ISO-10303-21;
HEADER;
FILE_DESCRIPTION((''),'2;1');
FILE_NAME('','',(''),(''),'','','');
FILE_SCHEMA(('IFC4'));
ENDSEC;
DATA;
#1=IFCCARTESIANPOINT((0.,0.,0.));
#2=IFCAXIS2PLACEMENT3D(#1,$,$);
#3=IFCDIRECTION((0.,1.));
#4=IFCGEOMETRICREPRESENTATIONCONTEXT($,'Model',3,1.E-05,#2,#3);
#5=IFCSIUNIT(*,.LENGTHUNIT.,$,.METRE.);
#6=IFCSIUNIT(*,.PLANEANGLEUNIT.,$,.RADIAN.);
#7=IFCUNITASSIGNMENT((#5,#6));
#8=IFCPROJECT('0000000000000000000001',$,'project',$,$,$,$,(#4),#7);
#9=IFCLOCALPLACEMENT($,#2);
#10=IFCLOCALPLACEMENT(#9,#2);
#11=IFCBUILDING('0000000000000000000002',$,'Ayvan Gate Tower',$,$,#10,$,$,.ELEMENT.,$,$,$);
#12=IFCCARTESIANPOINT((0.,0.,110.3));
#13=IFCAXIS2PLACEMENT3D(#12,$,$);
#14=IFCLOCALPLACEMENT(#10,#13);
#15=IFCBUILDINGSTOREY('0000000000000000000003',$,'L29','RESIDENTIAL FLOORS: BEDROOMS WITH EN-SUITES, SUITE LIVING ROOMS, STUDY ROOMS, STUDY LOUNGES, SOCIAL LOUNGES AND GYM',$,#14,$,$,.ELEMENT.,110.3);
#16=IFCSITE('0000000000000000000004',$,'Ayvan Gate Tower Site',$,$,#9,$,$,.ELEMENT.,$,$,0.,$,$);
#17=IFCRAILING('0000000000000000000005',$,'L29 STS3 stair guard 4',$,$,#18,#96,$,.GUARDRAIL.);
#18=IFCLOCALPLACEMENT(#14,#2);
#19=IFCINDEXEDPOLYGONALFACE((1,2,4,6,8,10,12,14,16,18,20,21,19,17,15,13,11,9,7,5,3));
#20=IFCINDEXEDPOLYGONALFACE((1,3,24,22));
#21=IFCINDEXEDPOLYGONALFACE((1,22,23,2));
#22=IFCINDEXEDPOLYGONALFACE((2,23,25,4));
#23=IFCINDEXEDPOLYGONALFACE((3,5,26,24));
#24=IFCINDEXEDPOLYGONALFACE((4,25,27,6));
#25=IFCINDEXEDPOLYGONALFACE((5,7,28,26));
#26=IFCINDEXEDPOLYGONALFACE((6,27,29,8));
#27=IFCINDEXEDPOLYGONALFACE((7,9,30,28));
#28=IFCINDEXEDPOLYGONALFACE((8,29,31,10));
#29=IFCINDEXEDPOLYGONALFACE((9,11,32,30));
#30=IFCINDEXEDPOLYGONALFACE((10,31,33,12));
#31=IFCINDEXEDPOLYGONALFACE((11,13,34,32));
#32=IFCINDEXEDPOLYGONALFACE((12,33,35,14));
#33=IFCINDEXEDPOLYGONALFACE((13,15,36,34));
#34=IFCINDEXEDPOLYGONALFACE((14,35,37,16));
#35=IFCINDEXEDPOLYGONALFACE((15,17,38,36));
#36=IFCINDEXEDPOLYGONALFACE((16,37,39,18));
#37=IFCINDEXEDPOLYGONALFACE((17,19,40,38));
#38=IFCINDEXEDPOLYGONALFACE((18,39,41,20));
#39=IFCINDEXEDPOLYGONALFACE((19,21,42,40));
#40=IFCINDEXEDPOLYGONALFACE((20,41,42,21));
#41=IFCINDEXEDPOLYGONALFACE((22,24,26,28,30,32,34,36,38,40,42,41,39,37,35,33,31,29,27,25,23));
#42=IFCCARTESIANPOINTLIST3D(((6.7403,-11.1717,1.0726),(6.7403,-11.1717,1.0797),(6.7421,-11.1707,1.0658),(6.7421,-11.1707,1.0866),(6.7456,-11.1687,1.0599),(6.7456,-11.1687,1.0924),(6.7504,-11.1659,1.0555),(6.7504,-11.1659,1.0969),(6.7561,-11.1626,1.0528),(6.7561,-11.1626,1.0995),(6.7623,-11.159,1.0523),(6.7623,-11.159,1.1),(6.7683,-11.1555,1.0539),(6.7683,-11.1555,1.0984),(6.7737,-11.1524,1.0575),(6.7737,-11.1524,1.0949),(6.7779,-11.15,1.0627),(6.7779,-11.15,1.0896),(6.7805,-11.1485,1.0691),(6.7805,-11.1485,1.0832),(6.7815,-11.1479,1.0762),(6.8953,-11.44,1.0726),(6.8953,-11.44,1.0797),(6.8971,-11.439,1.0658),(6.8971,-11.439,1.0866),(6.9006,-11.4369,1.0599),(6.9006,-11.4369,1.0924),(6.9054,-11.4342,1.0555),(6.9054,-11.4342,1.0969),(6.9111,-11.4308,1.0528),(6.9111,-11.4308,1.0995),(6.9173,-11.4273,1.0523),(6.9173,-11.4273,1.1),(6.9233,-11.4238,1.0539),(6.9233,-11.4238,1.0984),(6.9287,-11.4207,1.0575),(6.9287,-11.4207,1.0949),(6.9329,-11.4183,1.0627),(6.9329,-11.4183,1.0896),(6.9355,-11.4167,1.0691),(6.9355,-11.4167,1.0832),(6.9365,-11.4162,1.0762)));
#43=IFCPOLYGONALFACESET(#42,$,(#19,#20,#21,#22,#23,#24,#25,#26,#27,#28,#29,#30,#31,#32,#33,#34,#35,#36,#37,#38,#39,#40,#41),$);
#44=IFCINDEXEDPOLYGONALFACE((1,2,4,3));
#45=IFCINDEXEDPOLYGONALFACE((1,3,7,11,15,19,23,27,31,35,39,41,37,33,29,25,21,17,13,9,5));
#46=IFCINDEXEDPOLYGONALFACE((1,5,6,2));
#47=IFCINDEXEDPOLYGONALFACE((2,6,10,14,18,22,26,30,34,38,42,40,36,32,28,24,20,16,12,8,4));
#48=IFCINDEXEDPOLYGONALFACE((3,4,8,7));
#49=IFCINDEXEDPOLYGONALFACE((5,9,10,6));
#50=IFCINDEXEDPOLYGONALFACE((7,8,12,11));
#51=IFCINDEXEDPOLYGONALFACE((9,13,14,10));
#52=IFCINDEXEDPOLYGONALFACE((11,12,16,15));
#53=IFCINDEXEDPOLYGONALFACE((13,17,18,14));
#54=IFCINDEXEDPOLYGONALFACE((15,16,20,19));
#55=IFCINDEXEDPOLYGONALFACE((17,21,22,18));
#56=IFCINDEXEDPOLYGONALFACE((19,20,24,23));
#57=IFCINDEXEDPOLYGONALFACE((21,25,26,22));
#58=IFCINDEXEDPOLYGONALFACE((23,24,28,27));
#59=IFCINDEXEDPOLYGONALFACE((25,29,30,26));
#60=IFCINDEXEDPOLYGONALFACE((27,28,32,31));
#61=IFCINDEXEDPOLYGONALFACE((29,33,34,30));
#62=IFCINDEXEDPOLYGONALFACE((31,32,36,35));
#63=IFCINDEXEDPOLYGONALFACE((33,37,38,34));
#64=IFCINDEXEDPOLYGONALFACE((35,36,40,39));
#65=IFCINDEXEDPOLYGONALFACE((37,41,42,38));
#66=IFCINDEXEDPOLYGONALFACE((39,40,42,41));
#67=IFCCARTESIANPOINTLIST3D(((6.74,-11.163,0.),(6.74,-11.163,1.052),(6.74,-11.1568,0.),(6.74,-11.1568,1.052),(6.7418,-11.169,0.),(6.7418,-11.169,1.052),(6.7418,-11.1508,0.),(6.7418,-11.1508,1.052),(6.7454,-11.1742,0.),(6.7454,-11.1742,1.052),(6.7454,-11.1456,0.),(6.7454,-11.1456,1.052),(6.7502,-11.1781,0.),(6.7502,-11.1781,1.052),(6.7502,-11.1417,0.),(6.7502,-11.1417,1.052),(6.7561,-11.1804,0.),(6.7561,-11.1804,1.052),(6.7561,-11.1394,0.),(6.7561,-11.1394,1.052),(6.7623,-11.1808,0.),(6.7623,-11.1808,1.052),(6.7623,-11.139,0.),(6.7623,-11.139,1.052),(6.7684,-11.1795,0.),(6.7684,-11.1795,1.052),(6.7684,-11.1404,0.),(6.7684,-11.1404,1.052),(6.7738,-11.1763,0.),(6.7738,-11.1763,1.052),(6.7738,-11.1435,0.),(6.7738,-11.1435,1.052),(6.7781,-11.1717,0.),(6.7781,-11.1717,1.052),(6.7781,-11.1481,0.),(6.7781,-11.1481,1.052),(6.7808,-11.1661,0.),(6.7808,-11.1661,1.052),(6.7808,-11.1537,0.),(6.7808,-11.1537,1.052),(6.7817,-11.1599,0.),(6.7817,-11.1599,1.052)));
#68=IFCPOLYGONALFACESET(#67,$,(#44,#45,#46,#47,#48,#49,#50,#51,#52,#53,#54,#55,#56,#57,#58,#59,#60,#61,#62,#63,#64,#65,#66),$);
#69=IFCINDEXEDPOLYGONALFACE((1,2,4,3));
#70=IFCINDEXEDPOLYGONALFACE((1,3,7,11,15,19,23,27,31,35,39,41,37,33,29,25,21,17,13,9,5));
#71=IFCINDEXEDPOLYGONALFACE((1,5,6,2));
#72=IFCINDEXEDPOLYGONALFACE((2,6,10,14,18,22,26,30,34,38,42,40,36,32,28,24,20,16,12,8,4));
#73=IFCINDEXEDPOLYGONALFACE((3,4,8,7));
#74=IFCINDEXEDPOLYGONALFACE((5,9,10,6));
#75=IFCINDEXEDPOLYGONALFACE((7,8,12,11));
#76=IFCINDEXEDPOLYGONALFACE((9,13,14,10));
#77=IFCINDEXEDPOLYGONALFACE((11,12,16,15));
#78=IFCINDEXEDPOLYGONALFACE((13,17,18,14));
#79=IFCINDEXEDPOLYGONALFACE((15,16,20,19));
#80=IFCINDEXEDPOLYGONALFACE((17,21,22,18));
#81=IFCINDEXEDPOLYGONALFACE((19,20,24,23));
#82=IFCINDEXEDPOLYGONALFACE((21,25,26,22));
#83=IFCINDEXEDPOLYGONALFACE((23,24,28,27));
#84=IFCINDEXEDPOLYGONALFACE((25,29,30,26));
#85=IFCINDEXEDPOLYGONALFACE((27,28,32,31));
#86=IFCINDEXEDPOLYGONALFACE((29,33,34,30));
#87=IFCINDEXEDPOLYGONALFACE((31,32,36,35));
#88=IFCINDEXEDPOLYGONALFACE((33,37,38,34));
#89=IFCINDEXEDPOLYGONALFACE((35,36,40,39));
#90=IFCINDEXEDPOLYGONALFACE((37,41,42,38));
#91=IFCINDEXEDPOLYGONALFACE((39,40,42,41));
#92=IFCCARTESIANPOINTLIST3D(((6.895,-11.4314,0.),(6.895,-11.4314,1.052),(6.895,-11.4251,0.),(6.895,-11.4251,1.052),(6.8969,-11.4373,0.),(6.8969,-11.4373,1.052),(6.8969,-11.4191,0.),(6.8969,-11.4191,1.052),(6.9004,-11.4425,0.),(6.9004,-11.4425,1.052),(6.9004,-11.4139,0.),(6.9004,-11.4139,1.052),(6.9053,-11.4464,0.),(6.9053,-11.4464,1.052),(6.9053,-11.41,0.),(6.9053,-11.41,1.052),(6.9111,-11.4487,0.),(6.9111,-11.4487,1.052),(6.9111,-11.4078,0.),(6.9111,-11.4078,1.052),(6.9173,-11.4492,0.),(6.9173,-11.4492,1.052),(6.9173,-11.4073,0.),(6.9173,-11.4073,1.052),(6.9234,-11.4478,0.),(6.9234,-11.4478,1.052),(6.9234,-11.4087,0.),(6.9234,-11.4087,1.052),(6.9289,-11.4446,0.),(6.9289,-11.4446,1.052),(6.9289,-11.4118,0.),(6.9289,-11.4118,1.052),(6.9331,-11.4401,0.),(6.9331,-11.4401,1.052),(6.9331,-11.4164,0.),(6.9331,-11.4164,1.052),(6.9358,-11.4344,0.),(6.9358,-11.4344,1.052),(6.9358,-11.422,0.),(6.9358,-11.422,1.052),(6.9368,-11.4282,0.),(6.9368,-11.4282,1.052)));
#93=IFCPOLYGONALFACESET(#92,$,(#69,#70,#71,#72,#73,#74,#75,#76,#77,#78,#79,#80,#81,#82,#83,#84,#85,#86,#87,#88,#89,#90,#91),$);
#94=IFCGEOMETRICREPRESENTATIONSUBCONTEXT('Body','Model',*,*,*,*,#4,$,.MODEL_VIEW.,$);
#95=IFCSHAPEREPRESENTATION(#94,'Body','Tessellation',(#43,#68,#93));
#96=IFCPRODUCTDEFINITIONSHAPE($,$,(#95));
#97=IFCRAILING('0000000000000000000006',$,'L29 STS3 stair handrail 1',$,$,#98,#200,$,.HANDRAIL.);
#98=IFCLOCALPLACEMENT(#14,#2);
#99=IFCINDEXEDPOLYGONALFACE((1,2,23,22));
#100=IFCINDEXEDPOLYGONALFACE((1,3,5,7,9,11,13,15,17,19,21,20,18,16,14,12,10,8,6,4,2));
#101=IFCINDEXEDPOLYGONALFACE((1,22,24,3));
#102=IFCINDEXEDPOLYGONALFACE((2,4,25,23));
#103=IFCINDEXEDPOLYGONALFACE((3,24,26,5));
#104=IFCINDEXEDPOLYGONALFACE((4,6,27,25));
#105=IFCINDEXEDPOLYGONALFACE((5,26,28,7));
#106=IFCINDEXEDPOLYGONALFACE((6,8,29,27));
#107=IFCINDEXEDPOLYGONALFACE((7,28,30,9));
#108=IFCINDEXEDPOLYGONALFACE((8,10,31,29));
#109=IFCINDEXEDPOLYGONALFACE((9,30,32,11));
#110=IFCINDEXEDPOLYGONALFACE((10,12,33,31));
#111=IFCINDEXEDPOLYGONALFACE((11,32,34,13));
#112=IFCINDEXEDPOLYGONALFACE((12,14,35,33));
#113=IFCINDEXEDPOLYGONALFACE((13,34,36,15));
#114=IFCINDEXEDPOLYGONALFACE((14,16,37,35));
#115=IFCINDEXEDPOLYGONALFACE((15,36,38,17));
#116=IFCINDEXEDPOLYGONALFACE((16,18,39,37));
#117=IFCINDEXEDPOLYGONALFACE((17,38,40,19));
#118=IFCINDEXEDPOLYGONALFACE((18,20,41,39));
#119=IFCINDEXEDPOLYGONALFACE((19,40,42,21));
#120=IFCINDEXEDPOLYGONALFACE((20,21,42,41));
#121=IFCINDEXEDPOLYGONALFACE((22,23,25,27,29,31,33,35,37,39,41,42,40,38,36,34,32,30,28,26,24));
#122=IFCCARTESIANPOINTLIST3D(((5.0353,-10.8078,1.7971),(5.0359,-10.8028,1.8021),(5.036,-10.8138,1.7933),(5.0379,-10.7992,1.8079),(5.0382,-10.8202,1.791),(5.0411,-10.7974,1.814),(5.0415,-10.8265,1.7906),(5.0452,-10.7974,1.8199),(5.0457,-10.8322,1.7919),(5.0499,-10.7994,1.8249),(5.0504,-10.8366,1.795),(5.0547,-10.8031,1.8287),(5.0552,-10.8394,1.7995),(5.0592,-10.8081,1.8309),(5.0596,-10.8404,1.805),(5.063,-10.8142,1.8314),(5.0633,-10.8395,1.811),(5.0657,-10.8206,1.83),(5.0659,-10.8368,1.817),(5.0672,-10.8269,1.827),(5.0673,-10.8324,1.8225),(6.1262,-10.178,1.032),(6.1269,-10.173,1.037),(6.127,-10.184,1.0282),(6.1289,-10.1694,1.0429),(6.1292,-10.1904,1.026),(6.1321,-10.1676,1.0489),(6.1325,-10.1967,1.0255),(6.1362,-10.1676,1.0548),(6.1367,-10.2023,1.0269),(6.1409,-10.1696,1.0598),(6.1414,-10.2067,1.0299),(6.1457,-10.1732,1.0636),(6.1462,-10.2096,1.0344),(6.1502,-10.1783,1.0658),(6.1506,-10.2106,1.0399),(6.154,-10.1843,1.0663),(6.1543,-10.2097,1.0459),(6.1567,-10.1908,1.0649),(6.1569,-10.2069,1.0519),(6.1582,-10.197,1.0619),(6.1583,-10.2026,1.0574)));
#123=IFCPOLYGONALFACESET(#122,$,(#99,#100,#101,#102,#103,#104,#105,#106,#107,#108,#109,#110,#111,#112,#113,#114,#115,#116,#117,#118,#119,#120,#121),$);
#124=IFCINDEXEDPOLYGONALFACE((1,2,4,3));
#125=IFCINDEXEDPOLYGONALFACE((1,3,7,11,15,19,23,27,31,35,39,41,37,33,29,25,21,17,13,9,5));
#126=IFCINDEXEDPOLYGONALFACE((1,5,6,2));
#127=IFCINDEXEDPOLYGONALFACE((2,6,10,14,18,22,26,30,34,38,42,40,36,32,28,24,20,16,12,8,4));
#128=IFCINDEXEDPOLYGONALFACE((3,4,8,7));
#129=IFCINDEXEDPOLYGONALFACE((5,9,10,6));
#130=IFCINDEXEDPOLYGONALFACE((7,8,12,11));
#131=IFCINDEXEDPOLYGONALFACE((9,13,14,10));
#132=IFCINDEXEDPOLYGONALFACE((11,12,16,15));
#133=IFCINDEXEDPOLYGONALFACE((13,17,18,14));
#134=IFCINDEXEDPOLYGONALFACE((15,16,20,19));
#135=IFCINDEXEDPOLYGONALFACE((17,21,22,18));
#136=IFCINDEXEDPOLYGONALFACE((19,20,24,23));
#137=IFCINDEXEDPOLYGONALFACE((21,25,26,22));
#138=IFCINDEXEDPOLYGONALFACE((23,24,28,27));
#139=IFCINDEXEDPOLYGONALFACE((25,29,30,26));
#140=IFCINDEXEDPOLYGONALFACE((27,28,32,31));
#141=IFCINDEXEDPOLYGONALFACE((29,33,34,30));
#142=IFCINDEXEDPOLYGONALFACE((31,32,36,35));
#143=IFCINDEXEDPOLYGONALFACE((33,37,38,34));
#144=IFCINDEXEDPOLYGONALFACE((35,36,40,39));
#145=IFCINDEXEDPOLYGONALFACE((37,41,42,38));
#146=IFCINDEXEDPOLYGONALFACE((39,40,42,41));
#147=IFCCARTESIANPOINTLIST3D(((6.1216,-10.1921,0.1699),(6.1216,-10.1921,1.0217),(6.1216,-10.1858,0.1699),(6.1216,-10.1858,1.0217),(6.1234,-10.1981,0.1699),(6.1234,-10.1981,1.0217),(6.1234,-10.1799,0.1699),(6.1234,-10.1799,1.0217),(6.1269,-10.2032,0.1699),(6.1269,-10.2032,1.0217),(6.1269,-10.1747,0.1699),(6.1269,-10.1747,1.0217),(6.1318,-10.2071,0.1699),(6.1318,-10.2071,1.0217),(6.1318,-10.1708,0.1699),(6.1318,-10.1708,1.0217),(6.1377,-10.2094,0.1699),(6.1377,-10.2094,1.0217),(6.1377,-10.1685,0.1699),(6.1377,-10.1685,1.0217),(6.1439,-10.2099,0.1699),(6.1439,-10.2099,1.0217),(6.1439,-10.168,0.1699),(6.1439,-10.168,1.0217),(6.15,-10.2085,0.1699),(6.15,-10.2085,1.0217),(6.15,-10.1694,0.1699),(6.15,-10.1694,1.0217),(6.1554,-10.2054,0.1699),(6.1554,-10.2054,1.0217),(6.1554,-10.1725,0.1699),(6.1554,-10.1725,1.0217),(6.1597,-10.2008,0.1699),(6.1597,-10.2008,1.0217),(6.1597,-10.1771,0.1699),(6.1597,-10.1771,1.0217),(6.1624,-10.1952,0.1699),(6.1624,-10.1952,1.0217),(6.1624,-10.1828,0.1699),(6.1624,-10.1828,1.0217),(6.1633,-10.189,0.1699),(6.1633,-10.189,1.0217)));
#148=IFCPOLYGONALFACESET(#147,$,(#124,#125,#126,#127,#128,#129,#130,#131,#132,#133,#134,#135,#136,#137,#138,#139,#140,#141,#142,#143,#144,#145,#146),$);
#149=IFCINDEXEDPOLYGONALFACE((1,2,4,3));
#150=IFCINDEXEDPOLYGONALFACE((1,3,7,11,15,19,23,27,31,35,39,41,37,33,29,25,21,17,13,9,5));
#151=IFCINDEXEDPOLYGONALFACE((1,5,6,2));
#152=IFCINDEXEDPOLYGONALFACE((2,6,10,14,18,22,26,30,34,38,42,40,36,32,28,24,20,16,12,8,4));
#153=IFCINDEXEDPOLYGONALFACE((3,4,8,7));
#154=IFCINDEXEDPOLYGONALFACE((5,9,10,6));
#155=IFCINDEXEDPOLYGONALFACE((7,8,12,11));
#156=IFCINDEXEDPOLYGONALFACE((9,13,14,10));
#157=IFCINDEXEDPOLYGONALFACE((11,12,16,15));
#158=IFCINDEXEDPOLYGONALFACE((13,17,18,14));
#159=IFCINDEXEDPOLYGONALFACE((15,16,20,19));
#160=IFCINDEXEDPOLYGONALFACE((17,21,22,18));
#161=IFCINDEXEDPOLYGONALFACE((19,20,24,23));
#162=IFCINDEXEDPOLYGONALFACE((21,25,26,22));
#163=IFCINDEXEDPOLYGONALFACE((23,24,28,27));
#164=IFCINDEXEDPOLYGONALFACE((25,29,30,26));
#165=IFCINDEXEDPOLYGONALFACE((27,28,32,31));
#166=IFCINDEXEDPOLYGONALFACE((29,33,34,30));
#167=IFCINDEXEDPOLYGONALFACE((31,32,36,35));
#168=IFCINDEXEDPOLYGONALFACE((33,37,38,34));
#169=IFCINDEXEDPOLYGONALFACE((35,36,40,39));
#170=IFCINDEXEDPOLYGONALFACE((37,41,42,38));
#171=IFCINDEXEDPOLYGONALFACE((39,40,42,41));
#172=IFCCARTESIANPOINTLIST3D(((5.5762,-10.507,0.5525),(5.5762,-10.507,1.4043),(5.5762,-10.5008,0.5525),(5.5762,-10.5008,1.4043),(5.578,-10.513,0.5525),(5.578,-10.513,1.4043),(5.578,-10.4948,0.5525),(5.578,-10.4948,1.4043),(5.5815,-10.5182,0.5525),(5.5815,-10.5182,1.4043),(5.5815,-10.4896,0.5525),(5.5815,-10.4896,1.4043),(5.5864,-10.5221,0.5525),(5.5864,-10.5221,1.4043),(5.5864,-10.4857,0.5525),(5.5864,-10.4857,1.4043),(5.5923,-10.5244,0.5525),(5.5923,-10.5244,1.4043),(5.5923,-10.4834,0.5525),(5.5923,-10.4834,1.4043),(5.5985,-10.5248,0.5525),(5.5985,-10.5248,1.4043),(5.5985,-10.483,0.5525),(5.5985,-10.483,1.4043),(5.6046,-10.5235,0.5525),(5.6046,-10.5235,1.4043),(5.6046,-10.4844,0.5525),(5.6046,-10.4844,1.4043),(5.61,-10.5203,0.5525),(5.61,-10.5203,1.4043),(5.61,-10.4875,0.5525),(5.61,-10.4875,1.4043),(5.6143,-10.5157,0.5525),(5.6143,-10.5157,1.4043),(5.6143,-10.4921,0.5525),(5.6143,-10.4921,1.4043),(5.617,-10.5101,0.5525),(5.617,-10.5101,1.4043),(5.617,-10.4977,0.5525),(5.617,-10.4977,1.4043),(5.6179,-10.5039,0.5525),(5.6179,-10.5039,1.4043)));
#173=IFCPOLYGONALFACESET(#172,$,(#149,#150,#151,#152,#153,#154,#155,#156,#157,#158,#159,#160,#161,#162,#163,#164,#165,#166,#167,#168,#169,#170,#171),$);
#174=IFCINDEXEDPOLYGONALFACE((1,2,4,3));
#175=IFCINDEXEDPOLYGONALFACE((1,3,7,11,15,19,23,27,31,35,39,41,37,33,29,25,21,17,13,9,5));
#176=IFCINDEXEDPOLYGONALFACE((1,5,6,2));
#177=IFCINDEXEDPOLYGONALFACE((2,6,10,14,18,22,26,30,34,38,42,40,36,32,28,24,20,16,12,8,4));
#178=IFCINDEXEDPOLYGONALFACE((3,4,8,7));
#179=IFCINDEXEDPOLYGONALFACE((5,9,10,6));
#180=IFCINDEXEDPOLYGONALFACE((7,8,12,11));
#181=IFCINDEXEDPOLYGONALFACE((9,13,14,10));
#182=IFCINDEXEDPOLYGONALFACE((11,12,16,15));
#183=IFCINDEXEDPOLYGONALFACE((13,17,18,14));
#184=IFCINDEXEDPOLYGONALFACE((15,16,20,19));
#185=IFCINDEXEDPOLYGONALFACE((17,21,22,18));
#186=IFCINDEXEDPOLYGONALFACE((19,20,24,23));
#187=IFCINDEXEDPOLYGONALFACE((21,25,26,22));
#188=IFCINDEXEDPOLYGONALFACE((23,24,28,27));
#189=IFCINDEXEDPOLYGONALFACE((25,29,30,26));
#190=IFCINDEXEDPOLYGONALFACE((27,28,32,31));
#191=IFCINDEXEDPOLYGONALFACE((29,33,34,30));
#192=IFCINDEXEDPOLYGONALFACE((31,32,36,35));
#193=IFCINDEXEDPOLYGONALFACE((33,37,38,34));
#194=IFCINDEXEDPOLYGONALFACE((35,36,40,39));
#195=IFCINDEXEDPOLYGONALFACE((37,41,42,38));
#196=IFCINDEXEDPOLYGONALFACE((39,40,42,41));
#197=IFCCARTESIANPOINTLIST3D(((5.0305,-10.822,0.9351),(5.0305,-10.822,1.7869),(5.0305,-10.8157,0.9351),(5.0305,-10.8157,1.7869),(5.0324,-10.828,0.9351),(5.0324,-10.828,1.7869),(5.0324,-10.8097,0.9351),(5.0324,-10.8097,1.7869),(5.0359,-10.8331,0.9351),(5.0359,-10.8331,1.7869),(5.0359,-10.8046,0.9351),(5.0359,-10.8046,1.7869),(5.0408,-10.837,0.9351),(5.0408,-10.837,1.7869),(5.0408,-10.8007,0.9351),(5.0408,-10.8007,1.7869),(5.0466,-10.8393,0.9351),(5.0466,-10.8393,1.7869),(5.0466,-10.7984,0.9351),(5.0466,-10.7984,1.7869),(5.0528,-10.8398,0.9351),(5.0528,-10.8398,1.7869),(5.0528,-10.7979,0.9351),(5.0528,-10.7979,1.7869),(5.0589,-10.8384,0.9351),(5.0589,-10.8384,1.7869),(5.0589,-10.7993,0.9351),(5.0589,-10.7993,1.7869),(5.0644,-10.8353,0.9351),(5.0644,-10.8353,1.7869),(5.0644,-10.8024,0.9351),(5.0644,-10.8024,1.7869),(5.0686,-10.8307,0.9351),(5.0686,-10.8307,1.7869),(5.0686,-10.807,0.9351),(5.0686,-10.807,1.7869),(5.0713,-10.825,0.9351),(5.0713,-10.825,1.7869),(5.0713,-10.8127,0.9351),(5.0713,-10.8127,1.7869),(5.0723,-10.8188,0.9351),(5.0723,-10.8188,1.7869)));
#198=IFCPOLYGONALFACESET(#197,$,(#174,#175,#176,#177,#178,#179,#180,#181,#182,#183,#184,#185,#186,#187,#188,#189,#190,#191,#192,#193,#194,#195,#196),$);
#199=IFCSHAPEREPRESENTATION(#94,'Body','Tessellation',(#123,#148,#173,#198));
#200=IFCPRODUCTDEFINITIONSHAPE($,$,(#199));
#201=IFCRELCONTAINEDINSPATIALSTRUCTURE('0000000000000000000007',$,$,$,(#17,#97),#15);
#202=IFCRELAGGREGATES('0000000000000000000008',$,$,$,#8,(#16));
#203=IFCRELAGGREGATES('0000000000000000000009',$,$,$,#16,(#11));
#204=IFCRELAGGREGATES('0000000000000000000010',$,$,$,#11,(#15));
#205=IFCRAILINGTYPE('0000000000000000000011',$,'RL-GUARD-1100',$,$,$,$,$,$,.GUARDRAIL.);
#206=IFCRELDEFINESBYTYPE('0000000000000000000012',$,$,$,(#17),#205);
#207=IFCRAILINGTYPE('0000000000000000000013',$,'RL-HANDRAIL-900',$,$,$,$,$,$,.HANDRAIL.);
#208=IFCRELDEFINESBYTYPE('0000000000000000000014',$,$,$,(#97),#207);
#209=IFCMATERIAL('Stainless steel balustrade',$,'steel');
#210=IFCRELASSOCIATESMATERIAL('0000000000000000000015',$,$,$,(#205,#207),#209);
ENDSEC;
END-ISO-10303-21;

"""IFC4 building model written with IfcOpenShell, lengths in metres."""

from ifc_helpers import new_model, si_unit, direction, frame, origin, origin_2d, place, context, subcontext, project, spatial, circle, extrude, material, type_object, element, save


model = new_model("IFC4")

# Units and contexts
model_context = context("Model", 3, precision=1e-05, world=origin(), true_north=direction((0.0, 1.0)))
body_context = subcontext(model_context, "Body", "Model", "MODEL_VIEW")
ifc_project = project(units=[si_unit("LENGTHUNIT", "METRE"), si_unit("PLANEANGLEUNIT", "RADIAN")], contexts=[model_context])

# Site, building, storey
site_placement = place(None, origin())
site = spatial("IfcSite", under=ifc_project, at=site_placement, Name="Ayvan Gate Tower Site", CompositionType="ELEMENT", RefElevation=0.0)
building_placement = place(site_placement, origin())
building = spatial("IfcBuilding", under=site, at=building_placement, Name="Ayvan Gate Tower", CompositionType="ELEMENT")
storey_placement = place(building_placement, frame((0.0, 0.0, 110.3)))
storey = spatial("IfcBuildingStorey", under=building, at=storey_placement, Name="L29", Description="RESIDENTIAL FLOORS: BEDROOMS WITH EN-SUITES, SUITE LIVING ROOMS, STUDY ROOMS, STUDY LOUNGES, SOCIAL LOUNGES AND GYM", CompositionType="ELEMENT", Elevation=110.3)

# Railings
ifc_material_1 = material(Name="Stainless steel balustrade", Category="steel")
railing_type_1 = type_object("IfcRailingType", Name="RL-GUARD-1100", PredefinedType="GUARDRAIL", material=ifc_material_1)
railing_1_placement = place(storey_placement, frame((6.7607, -11.1599, 0.0)))
element("IfcRailing", 1, at=railing_1_placement, inside=storey, type_object=railing_type_1, Name="L29 STS3 stair guard 4", PredefinedType="GUARDRAIL", context=body_context, shape_type="SweptSolid", body=[
    extrude(circle(Radius=0.0239, at=origin_2d()), frame((0.0, 0.0, 1.0762), z_axis=(0.500291, -0.865857, 0.0), x_axis=(0.865857, 0.500291, 0.0)), (0.0, 0.0, 1.0), 0.3098),
    extrude(circle(Radius=0.021, at=origin_2d()), origin(), (0.0, 0.0, 1.0), 1.052),
    extrude(circle(Radius=0.021, at=origin_2d()), frame((0.155, -0.2683, 0.0)), (0.0, 0.0, 1.0), 1.052),
])
railing_type_2 = type_object("IfcRailingType", Name="RL-HANDRAIL-900", PredefinedType="HANDRAIL", material=ifc_material_1)
railing_2_placement = place(storey_placement, frame((6.1423, -10.189, 0.1699)))
element("IfcRailing", 2, at=railing_2_placement, inside=storey, type_object=railing_type_2, Name="L29 STS3 stair handrail 1", PredefinedType="HANDRAIL", context=body_context, shape_type="SweptSolid", body=[
    extrude(circle(Radius=0.0239, at=origin_2d()), frame((0.0, 0.0, 0.876), z_axis=(-0.740218, -0.427336, 0.519097), x_axis=(0.499974, -0.86604, 0.0)), (0.0, 0.0, 1.0), 1.4739),
    extrude(circle(Radius=0.021, at=origin_2d()), origin(), (0.0, 0.0, 1.0), 0.8518),
    extrude(circle(Radius=0.021, at=origin_2d()), frame((-0.5454, -0.3149, 0.3826)), (0.0, 0.0, 1.0), 0.8518),
    extrude(circle(Radius=0.021, at=origin_2d()), frame((-1.0911, -0.6299, 0.7651)), (0.0, 0.0, 1.0), 0.8518),
])

save(model, "model.ifc")
